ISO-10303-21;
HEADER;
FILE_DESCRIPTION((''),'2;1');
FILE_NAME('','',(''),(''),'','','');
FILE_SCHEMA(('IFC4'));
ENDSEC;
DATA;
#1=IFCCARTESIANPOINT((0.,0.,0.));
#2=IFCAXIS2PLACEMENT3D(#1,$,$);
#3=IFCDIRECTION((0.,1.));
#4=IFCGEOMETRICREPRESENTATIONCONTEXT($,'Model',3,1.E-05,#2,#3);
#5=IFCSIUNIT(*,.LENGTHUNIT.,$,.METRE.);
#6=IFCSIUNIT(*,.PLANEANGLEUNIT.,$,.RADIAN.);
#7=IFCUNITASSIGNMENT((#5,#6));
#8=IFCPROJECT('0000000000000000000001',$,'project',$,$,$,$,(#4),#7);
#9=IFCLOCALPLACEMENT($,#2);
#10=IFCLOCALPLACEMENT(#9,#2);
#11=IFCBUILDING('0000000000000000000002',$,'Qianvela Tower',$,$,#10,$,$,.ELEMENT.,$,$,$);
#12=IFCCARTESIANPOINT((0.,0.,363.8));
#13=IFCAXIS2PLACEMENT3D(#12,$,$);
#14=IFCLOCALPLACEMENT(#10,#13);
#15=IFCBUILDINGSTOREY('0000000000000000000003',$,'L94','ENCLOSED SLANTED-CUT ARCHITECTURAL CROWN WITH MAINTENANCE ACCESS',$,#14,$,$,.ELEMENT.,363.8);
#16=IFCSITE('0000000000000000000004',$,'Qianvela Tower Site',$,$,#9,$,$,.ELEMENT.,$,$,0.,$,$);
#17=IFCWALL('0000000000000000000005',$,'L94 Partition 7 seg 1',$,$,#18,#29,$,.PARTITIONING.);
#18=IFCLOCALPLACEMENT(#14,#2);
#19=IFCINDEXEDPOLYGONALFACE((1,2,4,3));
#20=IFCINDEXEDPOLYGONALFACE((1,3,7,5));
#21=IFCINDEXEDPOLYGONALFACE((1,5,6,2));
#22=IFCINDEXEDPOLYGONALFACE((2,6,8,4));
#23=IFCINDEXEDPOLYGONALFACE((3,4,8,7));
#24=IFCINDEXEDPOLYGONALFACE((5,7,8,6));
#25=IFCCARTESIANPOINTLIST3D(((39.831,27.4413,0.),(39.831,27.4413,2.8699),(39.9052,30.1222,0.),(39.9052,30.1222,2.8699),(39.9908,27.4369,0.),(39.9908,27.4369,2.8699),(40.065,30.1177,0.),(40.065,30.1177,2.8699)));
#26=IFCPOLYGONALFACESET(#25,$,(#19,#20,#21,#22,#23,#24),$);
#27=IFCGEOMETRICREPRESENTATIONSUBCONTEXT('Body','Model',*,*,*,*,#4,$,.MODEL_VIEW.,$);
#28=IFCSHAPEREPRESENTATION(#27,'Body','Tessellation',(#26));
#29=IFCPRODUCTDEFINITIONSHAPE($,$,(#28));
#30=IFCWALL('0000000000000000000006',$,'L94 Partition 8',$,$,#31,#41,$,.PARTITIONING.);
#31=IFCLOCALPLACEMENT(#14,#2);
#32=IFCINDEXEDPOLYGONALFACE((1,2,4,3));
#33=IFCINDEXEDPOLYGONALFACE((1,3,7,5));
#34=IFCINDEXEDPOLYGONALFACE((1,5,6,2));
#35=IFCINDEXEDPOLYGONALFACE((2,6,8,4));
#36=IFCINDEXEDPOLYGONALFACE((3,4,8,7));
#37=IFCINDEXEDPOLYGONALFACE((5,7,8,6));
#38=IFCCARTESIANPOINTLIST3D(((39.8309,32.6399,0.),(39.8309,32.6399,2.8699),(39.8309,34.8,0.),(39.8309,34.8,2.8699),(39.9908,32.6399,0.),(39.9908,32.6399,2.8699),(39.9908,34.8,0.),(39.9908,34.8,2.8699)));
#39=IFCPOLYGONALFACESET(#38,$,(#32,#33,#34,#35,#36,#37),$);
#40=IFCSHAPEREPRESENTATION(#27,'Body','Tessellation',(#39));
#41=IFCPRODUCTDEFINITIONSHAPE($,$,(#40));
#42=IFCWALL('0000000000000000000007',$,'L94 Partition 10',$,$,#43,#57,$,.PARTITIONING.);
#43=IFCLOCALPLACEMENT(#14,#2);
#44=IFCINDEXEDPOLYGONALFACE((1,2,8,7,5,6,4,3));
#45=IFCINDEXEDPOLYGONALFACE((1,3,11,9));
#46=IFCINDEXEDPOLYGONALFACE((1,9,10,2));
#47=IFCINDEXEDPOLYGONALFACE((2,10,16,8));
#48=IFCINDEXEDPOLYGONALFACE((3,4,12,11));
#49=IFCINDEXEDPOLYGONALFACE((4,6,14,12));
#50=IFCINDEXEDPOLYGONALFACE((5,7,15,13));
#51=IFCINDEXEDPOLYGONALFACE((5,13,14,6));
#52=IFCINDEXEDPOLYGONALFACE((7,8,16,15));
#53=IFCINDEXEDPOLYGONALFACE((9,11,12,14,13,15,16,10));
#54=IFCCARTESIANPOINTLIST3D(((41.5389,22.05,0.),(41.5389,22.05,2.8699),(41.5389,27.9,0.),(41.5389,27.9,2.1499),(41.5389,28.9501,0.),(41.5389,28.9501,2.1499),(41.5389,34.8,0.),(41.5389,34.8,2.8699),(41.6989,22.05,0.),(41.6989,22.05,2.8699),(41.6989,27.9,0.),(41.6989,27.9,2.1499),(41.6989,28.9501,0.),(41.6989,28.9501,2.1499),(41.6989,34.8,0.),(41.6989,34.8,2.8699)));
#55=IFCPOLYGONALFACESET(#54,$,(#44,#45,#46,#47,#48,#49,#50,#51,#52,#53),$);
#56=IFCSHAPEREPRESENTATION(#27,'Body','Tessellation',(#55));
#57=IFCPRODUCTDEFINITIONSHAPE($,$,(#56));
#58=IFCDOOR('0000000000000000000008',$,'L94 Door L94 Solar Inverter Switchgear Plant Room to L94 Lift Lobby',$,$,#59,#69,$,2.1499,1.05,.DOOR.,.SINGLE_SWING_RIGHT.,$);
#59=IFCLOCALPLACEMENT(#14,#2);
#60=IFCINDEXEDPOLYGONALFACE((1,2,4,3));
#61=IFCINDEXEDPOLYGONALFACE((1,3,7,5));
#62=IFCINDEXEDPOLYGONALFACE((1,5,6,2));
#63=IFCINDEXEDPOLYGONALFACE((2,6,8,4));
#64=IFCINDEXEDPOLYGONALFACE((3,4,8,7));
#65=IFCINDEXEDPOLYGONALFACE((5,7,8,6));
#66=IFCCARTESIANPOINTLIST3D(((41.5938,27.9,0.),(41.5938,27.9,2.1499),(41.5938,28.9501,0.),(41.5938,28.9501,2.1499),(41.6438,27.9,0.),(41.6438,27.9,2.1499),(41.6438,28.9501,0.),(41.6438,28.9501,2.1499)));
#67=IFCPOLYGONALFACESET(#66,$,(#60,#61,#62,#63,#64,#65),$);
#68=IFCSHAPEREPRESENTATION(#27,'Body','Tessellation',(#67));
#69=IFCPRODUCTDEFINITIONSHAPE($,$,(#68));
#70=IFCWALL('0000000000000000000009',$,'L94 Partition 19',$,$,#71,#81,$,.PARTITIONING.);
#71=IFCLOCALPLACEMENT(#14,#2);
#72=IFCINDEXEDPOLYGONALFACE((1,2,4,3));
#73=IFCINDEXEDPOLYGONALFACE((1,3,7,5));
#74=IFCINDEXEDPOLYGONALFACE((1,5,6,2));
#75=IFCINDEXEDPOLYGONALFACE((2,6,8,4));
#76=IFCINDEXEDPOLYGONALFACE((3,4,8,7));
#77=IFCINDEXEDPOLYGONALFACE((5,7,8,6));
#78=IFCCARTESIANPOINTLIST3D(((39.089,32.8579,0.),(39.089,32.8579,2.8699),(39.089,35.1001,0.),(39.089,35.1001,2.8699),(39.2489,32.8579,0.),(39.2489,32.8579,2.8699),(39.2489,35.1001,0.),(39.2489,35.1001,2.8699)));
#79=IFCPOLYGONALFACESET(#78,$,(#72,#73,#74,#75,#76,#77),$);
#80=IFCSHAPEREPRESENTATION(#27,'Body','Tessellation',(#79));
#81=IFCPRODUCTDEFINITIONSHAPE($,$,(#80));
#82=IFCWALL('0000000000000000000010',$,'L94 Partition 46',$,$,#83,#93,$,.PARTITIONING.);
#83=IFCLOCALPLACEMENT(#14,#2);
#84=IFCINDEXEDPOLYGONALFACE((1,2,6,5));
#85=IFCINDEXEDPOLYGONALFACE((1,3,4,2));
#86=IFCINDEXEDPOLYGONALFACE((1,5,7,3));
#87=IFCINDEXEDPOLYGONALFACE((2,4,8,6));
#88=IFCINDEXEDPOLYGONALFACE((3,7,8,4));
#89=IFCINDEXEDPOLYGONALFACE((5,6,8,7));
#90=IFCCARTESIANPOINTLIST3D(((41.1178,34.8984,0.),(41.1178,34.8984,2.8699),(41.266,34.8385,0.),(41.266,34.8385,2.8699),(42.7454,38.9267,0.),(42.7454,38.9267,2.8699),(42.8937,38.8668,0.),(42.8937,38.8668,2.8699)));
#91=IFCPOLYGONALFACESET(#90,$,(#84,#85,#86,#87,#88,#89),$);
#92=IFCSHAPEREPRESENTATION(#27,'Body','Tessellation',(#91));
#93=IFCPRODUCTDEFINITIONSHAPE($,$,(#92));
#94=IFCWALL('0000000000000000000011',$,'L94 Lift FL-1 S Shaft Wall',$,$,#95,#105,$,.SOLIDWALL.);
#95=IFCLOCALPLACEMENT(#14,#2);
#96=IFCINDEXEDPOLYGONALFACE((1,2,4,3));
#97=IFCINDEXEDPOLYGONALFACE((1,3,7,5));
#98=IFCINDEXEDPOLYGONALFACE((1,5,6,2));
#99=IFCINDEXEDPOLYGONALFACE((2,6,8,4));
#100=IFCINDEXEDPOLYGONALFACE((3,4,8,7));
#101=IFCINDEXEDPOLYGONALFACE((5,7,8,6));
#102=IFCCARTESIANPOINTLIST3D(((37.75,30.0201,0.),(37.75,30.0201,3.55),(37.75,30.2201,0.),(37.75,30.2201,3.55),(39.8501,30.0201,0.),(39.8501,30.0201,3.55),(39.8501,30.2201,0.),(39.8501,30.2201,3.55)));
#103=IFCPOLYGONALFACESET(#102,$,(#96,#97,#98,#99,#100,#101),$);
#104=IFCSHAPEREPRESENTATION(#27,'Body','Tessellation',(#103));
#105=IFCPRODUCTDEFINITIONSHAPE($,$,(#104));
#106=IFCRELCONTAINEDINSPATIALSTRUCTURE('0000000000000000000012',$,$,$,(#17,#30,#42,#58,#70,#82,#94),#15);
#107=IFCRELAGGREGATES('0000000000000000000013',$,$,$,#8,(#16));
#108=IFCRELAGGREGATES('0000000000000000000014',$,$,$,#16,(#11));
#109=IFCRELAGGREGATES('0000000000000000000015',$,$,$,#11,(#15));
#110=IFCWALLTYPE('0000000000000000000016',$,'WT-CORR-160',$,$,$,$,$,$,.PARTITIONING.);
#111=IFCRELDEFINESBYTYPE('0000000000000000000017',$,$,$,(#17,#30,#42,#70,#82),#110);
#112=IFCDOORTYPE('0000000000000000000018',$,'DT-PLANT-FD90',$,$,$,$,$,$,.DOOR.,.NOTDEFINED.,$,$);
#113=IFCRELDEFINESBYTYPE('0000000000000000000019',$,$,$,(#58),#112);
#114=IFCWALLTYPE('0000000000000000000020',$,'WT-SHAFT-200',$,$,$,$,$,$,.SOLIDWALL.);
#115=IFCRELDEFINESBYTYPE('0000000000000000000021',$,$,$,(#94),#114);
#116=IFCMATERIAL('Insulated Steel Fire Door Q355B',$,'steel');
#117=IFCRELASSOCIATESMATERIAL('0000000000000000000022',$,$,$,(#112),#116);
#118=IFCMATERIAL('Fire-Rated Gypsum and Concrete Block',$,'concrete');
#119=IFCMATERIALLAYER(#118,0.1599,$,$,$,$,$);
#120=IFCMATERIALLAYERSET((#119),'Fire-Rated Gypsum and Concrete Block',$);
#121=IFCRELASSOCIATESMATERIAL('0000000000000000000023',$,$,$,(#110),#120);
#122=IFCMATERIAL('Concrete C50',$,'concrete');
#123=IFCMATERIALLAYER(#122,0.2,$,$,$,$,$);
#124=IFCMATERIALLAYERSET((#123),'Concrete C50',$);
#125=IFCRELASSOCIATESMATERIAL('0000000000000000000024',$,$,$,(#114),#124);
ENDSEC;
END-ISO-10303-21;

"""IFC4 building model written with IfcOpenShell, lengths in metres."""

from ifc_helpers import new_model, si_unit, direction, frame, frame_2d, origin, place, context, subcontext, project, spatial, rectangle, extrude, material, layer, layer_set, type_object, element, fill, save


model = new_model("IFC4")

# Units and contexts
model_context = context("Model", 3, precision=1e-05, world=origin(), true_north=direction((0.0, 1.0)))
body_context = subcontext(model_context, "Body", "Model", "MODEL_VIEW")
ifc_project = project(units=[si_unit("LENGTHUNIT", "METRE"), si_unit("PLANEANGLEUNIT", "RADIAN")], contexts=[model_context])

# Site, building, storey
site_placement = place(None, origin())
site = spatial("IfcSite", under=ifc_project, at=site_placement, Name="Qianvela Tower Site", CompositionType="ELEMENT", RefElevation=0.0)
building_placement = place(site_placement, origin())
building = spatial("IfcBuilding", under=site, at=building_placement, Name="Qianvela Tower", CompositionType="ELEMENT")
storey_placement = place(building_placement, frame((0.0, 0.0, 363.8)))
storey = spatial("IfcBuildingStorey", under=building, at=storey_placement, Name="L94", Description="ENCLOSED SLANTED-CUT ARCHITECTURAL CROWN WITH MAINTENANCE ACCESS", CompositionType="ELEMENT", Elevation=363.8)

# Shared definitions
ifc_material_1 = material(Name="Insulated Steel Fire Door Q355B", Category="steel")
door_type_1 = type_object("IfcDoorType", Name="DT-PLANT-FD90", OperationType="NOTDEFINED", PredefinedType="DOOR", material=ifc_material_1)

# Walls
ifc_material_2 = material(Name="Fire-Rated Gypsum and Concrete Block", Category="concrete")
ifc_layer_1 = layer(ifc_material_2, 0.1599)
ifc_layer_set_1 = layer_set([ifc_layer_1], Name="Fire-Rated Gypsum and Concrete Block")
wall_type_1 = type_object("IfcWallType", Name="WT-CORR-160", PredefinedType="PARTITIONING", material=ifc_layer_set_1)
wall_1_placement = place(storey_placement, frame((39.9109, 27.4392, 0.0), z_axis=(0.0, 0.0, 1.0), x_axis=(0.027674, 0.999617, 0.0)))
element("IfcWall", 1, at=wall_1_placement, inside=storey, type_object=wall_type_1, Name="L94 Partition 7 seg 1", PredefinedType="PARTITIONING", context=body_context, shape_type="SweptSolid", body=[
    extrude(rectangle(XDim=2.6819, YDim=0.1599, at=frame_2d((1.3408, 0.0))), origin(), (0.0, 0.0, 1.0), 2.8699),
])
wall_2_placement = place(storey_placement, frame((39.9109, 32.6399, 0.0), z_axis=(0.0, 0.0, 1.0), x_axis=(0.0, 1.0, 0.0)))
element("IfcWall", 2, at=wall_2_placement, inside=storey, type_object=wall_type_1, Name="L94 Partition 8", PredefinedType="PARTITIONING", context=body_context, shape_type="SweptSolid", body=[
    extrude(rectangle(XDim=2.1602, YDim=0.1599, at=frame_2d((1.0801, 0.0))), origin(), (0.0, 0.0, 1.0), 2.8699),
])

# Wall, opening, door
wall_3_placement = place(storey_placement, frame((41.6189, 34.8, 0.0), z_axis=(0.0, 0.0, 1.0), x_axis=(0.0, -1.0, 0.0)))
wall_3 = element("IfcWall", 3, at=wall_3_placement, inside=storey, type_object=wall_type_1, Name="L94 Partition 10", PredefinedType="PARTITIONING", context=body_context, shape_type="SweptSolid", body=[
    extrude(rectangle(XDim=12.75, YDim=0.1599, at=frame_2d((6.375, 0.0))), origin(), (0.0, 0.0, 1.0), 2.8699),
])
opening_1_placement = place(wall_3_placement, frame((5.8501, 0.0, 0.0)))
opening_1 = element("IfcOpeningElement", 4, at=opening_1_placement, cuts=wall_3, PredefinedType="OPENING", context=body_context, shape_type="SweptSolid", body=[
    extrude(rectangle(XDim=1.05, YDim=2.1499, at=frame_2d((0.5249, 1.075))), frame((0.0, 0.0898, 0.0), z_axis=(0.0, -1.0, 0.0), x_axis=(1.0, 0.0, 0.0)), (0.0, 0.0, 1.0), 0.1799),
])
door_1_placement = place(opening_1_placement, origin())
door_1 = element("IfcDoor", 5, at=door_1_placement, inside=storey, type_object=door_type_1, Name="L94 Door L94 Solar Inverter Switchgear Plant Room to L94 Lift Lobby", OperationType="SINGLE_SWING_RIGHT", OverallHeight=2.1499, OverallWidth=1.05, PredefinedType="DOOR", context=body_context, shape_type="SweptSolid", body=[
    extrude(rectangle(XDim=1.05, YDim=2.1499, at=frame_2d((0.5249, 1.075))), frame((0.0, 0.0249, 0.0), z_axis=(0.0, -1.0, 0.0), x_axis=(1.0, 0.0, 0.0)), (0.0, 0.0, 1.0), 0.05),
])
fill(opening_1, door_1)

# Walls
wall_4_placement = place(storey_placement, frame((39.1689, 35.1001, 0.0), z_axis=(0.0, 0.0, 1.0), x_axis=(0.0, -1.0, 0.0)))
element("IfcWall", 6, at=wall_4_placement, inside=storey, type_object=wall_type_1, Name="L94 Partition 19", PredefinedType="PARTITIONING", context=body_context, shape_type="SweptSolid", body=[
    extrude(rectangle(XDim=2.2422, YDim=0.1599, at=frame_2d((1.1211, 0.0))), origin(), (0.0, 0.0, 1.0), 2.8699),
])
wall_5_placement = place(storey_placement, frame((41.1919, 34.8684, 0.0), z_axis=(0.0, 0.0, 1.0), x_axis=(0.374634, 0.927173, 0.0)))
element("IfcWall", 7, at=wall_5_placement, inside=storey, type_object=wall_type_1, Name="L94 Partition 46", PredefinedType="PARTITIONING", context=body_context, shape_type="SweptSolid", body=[
    extrude(rectangle(XDim=4.3447, YDim=0.1599, at=frame_2d((2.1724, 0.0))), origin(), (0.0, 0.0, 1.0), 2.8699),
])

# Shared definitions
ifc_material_3 = material(Name="Concrete C50", Category="concrete")
ifc_layer_2 = layer(ifc_material_3, 0.2)
ifc_layer_set_2 = layer_set([ifc_layer_2], Name="Concrete C50")
wall_type_2 = type_object("IfcWallType", Name="WT-SHAFT-200", PredefinedType="SOLIDWALL", material=ifc_layer_set_2)

# Wall
wall_6_placement = place(storey_placement, frame((37.75, 30.1201, 0.0), z_axis=(0.0, 0.0, 1.0), x_axis=(1.0, 0.0, 0.0)))
element("IfcWall", 8, at=wall_6_placement, inside=storey, type_object=wall_type_2, Name="L94 Lift FL-1 S Shaft Wall", PredefinedType="SOLIDWALL", context=body_context, shape_type="SweptSolid", body=[
    extrude(rectangle(XDim=2.1001, YDim=0.2, at=frame_2d((1.05, 0.0))), origin(), (0.0, 0.0, 1.0), 3.55),
])

save(model, "model.ifc")
